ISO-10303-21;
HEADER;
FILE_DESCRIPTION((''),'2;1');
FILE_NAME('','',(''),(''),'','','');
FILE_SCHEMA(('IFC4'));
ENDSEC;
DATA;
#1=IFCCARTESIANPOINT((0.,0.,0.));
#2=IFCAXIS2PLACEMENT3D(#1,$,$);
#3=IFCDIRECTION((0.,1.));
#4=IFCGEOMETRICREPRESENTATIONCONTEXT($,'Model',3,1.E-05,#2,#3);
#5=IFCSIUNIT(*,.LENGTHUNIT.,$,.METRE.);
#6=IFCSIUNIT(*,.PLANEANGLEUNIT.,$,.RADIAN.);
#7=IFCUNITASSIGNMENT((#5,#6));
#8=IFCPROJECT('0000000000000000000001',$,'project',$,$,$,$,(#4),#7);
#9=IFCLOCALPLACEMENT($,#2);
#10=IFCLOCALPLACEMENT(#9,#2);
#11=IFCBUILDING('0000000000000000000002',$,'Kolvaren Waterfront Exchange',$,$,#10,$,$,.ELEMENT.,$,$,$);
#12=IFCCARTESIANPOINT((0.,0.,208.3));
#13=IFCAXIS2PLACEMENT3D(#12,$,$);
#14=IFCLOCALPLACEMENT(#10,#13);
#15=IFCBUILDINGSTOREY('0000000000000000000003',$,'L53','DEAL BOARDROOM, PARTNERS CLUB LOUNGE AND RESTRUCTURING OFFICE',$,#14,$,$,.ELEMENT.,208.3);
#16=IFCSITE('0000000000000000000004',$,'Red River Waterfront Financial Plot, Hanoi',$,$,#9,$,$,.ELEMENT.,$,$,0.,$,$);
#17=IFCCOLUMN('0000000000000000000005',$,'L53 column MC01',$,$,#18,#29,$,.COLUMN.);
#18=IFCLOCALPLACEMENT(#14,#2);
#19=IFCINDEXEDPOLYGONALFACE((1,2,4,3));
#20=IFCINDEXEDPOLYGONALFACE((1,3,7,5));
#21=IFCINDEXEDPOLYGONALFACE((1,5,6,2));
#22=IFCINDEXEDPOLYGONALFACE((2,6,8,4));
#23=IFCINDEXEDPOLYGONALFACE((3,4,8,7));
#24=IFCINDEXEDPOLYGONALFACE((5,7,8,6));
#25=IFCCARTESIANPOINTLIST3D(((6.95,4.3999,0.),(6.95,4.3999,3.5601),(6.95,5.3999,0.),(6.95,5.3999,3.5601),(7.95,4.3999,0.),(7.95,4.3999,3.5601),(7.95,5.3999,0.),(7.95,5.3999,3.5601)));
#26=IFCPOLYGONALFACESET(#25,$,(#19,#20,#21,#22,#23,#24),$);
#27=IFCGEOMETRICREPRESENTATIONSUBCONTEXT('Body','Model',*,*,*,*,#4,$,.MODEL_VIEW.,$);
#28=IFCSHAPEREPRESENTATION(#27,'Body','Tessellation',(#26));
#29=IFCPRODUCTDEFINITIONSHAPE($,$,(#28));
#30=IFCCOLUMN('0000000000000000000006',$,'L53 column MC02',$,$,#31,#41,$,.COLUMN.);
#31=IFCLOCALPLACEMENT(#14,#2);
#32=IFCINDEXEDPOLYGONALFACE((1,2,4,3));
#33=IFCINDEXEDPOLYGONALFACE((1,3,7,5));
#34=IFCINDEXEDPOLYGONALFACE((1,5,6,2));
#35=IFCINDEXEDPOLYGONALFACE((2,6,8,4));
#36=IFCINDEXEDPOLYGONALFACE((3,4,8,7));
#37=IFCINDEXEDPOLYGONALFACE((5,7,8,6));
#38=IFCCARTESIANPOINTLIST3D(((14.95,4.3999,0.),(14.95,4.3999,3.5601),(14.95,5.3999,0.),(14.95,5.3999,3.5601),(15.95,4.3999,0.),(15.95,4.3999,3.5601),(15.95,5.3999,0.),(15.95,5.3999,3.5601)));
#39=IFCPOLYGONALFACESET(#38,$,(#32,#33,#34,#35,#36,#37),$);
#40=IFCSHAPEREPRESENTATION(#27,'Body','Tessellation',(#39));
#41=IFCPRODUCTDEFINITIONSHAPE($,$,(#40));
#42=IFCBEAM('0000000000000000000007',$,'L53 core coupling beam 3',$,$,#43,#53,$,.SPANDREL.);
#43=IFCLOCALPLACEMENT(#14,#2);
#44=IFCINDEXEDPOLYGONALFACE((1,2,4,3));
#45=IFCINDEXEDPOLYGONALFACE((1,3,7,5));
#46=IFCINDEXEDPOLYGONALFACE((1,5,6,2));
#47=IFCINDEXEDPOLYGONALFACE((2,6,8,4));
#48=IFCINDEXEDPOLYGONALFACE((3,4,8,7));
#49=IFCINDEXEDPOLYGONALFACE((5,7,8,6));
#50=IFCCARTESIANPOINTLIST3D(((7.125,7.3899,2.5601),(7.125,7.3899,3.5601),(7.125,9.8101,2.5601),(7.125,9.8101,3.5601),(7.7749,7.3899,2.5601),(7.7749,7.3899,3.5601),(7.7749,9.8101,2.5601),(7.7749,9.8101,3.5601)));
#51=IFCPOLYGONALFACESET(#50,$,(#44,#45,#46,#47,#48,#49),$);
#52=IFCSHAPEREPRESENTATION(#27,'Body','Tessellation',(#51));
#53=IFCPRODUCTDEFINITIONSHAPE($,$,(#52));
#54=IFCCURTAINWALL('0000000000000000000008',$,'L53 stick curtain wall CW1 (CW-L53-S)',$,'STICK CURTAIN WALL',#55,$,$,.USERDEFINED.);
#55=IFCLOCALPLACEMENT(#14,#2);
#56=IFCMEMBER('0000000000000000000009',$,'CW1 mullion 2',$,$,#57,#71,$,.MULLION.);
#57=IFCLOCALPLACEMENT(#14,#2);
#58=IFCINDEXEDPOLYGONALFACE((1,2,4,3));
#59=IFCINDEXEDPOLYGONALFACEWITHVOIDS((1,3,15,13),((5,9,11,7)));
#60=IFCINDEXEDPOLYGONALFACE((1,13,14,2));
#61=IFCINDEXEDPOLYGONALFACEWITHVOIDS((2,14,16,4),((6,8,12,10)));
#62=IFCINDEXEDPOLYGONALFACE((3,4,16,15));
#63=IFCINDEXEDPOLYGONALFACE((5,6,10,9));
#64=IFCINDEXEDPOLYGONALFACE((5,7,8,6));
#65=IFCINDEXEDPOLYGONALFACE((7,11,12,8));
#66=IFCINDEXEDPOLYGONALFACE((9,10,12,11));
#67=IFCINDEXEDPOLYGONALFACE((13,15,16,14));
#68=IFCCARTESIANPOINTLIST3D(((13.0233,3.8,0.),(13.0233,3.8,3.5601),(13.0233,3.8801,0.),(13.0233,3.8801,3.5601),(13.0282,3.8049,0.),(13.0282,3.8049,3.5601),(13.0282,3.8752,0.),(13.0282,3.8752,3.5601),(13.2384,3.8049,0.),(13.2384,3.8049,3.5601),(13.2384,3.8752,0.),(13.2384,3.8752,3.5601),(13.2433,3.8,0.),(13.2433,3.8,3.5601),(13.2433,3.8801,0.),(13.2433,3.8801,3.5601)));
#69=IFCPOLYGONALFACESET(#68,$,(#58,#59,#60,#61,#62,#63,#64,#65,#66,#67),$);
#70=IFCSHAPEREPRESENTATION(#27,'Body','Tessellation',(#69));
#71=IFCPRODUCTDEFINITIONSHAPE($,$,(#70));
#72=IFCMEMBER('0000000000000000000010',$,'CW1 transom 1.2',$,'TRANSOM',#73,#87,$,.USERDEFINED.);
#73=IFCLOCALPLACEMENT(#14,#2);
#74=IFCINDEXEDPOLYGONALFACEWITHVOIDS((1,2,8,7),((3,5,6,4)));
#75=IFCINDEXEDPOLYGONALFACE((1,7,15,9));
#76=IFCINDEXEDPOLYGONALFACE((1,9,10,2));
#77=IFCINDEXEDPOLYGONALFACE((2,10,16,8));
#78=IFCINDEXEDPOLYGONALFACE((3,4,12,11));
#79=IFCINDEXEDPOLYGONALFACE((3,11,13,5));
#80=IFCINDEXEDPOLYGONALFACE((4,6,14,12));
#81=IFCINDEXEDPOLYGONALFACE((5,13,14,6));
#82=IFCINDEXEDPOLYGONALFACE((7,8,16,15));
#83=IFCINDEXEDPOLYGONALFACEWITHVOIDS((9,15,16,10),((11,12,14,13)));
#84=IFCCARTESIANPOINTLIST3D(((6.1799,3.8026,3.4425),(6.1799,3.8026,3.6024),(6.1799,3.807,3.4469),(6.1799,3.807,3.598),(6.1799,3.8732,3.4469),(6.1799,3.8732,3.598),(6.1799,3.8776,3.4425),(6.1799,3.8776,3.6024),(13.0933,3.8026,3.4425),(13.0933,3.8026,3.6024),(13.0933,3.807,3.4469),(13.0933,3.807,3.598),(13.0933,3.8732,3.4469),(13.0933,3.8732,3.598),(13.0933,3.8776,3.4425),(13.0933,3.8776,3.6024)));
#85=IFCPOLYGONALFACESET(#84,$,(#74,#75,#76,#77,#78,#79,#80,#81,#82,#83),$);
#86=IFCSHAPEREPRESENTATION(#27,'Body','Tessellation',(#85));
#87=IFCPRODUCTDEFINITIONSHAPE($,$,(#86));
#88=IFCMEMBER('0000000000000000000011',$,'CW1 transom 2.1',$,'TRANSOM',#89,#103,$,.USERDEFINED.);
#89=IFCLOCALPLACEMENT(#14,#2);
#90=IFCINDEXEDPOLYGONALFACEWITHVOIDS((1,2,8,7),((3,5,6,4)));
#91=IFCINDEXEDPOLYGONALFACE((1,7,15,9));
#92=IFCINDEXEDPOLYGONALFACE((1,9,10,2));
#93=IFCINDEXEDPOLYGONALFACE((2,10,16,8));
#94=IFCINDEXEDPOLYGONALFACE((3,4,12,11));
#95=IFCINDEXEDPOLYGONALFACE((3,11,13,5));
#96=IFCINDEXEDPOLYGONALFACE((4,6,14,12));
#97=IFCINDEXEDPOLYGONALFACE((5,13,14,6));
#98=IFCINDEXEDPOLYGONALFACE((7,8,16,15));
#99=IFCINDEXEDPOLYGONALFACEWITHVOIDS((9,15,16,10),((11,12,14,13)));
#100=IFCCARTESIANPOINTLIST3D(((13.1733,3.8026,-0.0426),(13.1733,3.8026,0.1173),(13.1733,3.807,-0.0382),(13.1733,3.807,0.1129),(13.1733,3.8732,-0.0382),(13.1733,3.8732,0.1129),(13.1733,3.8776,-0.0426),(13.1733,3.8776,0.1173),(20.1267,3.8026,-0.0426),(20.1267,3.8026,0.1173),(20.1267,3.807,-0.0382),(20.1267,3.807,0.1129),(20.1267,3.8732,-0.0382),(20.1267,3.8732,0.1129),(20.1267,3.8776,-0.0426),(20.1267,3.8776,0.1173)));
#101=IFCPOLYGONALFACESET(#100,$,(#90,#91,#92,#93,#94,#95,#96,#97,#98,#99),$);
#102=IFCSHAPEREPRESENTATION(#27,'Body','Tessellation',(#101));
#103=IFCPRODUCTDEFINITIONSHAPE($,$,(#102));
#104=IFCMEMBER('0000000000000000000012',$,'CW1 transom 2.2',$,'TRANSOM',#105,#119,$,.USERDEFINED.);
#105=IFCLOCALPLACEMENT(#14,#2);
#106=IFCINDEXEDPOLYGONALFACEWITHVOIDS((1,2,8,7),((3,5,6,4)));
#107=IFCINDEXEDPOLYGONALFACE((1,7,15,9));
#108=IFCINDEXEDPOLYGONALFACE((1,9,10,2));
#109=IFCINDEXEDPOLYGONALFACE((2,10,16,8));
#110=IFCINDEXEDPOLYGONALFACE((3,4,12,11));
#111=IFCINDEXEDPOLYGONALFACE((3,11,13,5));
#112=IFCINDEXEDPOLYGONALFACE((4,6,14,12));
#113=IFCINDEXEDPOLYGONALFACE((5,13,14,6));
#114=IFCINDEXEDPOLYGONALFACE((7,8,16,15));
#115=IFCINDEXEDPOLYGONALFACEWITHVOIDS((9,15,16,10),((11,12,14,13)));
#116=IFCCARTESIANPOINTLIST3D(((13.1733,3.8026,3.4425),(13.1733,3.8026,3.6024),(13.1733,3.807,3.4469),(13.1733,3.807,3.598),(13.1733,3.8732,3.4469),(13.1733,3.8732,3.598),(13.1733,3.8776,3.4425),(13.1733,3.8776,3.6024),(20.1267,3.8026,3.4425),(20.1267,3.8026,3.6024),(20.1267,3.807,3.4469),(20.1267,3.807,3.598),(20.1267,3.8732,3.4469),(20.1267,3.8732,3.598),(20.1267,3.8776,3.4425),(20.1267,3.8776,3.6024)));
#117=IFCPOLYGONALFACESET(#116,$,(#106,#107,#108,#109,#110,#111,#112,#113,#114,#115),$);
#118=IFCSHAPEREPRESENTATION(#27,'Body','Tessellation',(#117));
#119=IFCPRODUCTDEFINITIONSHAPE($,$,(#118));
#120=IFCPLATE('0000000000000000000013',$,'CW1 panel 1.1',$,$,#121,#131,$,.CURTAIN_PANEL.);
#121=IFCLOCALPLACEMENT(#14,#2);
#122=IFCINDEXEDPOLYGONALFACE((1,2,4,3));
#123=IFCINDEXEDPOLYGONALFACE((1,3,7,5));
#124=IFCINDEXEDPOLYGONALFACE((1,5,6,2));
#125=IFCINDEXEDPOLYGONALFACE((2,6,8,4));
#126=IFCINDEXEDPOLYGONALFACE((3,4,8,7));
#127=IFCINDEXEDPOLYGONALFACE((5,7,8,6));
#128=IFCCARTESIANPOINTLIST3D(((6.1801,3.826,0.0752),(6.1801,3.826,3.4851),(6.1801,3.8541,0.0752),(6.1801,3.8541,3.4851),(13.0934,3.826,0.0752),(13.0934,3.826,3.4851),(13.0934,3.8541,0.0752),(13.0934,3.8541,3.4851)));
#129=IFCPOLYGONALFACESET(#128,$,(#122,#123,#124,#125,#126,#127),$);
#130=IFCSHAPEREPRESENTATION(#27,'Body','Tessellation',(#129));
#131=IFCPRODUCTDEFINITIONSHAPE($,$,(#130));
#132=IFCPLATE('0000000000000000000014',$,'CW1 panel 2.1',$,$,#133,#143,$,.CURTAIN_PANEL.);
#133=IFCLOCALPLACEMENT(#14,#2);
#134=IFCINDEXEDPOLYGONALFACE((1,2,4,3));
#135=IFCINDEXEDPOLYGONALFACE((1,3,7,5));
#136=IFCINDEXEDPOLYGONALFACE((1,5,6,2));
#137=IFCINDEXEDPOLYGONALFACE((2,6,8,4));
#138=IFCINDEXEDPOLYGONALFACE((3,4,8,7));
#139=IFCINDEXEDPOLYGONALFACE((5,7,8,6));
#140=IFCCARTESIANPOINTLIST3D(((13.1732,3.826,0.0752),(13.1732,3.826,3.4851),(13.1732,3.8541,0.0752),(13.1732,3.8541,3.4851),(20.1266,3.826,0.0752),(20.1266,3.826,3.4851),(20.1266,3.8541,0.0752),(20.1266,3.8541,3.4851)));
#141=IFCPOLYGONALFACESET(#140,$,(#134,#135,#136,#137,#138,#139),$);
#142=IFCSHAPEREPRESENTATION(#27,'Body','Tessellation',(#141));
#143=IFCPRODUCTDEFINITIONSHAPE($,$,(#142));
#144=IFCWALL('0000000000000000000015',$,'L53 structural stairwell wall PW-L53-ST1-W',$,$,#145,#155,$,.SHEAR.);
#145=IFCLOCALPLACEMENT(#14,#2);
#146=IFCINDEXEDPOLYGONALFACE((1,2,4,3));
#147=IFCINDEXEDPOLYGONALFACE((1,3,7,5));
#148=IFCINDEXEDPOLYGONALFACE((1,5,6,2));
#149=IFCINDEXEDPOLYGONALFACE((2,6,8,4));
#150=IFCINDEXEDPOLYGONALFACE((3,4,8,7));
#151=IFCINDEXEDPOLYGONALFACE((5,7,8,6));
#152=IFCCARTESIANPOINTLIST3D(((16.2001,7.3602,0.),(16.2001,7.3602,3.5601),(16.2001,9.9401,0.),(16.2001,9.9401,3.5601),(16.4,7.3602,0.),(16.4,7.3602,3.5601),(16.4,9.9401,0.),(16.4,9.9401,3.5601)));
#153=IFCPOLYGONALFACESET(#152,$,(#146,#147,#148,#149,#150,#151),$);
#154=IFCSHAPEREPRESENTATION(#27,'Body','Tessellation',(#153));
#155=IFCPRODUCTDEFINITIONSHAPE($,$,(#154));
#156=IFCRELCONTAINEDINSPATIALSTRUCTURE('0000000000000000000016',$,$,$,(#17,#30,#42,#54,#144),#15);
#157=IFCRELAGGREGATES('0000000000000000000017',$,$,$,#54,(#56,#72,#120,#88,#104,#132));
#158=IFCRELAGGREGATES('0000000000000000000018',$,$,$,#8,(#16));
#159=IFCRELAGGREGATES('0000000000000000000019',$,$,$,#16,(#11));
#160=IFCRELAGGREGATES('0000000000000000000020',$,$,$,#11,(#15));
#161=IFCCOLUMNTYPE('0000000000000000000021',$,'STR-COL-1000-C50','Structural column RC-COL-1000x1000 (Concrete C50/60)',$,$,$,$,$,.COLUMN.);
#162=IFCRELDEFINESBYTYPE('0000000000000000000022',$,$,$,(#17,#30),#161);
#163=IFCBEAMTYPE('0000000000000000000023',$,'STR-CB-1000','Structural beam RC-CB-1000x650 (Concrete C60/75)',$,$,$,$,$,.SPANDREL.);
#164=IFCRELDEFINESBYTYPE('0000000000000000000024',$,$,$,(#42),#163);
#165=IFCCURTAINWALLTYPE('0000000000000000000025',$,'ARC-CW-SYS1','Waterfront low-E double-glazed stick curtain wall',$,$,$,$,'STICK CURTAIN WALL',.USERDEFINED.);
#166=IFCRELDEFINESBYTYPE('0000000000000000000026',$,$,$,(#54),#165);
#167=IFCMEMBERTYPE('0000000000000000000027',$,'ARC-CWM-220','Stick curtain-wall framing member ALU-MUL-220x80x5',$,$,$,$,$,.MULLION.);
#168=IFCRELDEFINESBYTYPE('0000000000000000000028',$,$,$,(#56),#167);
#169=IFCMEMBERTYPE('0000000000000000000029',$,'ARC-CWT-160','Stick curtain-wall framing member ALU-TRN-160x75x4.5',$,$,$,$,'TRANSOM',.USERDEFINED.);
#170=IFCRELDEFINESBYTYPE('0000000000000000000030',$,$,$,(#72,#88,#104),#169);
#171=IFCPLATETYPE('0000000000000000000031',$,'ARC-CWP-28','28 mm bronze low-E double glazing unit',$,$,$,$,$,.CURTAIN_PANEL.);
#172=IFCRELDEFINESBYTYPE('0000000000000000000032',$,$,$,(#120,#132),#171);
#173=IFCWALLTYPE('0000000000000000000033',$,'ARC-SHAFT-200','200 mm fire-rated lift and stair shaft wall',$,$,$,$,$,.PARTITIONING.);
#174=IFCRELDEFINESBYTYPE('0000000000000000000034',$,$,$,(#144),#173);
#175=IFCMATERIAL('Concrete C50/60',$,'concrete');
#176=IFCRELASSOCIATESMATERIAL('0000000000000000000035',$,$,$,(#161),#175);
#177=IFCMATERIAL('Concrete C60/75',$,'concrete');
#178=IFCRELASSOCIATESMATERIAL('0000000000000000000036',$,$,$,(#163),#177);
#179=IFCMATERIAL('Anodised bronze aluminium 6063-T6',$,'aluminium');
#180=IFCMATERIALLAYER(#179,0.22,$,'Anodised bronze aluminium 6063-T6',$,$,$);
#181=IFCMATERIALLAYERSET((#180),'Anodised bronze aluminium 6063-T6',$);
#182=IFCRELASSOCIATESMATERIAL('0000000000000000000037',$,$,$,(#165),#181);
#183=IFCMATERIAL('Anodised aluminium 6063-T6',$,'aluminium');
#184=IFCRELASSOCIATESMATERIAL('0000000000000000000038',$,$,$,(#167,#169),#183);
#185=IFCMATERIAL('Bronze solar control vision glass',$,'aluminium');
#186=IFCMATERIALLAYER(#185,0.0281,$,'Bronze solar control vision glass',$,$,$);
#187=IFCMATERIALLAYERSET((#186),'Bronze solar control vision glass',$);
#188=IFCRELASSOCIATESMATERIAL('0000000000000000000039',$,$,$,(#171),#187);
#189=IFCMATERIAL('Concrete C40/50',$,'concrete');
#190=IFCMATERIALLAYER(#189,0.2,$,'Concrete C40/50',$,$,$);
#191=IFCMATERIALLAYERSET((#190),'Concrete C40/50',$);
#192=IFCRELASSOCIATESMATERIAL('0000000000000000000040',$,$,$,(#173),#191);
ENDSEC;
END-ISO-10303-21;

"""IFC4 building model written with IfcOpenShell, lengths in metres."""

from ifc_helpers import new_model, si_unit, direction, frame, frame_2d, origin, origin_with_axes, origin_2d, place, context, subcontext, project, spatial, rectangle, hollow_rectangle, extrude, source, transform, mapped, material, layer, layer_set, material_profile, profile_set, type_object, element, aggregate, save


model = new_model("IFC4")

# Units and contexts
model_context = context("Model", 3, precision=1e-05, world=origin(), true_north=direction((0.0, 1.0)))
body_context = subcontext(model_context, "Body", "Model", "MODEL_VIEW")
ifc_project = project(units=[si_unit("LENGTHUNIT", "METRE"), si_unit("PLANEANGLEUNIT", "RADIAN")], contexts=[model_context])

# Site, building, storey
site_placement = place(None, origin())
site = spatial("IfcSite", under=ifc_project, at=site_placement, Name="Red River Waterfront Financial Plot, Hanoi", CompositionType="ELEMENT", RefElevation=0.0)
building_placement = place(site_placement, origin())
building = spatial("IfcBuilding", under=site, at=building_placement, Name="Kolvaren Waterfront Exchange", CompositionType="ELEMENT")
storey_placement = place(building_placement, frame((0.0, 0.0, 208.3)))
storey = spatial("IfcBuildingStorey", under=building, at=storey_placement, Name="L53", Description="DEAL BOARDROOM, PARTNERS CLUB LOUNGE AND RESTRUCTURING OFFICE", CompositionType="ELEMENT", Elevation=208.3)

# Columns
ifc_material_1 = material(Name="Concrete C50/60", Category="concrete")
ifc_material_profile_1 = material_profile(ifc_material_1, rectangle(XDim=1.0, YDim=1.0, at=origin_2d()), Name="RC-COL-1000x1000")
ifc_profile_set_1 = profile_set([ifc_material_profile_1], Name="Concrete C50/60")
column_type = type_object("IfcColumnType", Name="STR-COL-1000-C50", Description="Structural column RC-COL-1000x1000 (Concrete C50/60)", PredefinedType="COLUMN", material=ifc_profile_set_1)
for number, where, z_axis, x_axis, name in (
    (1, (7.45, 4.8999, 0.0), (0.0, 0.0, 1.0), (1.0, 0.0, 0.0), "L53 column MC01"),
    (2, (15.45, 4.8999, 0.0), (0.0, 0.0, 1.0), (1.0, 0.0, 0.0), "L53 column MC02"),
):
    element("IfcColumn", number, at=place(storey_placement, frame(where, z_axis=z_axis, x_axis=x_axis)), inside=storey, type_object=column_type, Name=name, PredefinedType="COLUMN", context=body_context, shape_type="SweptSolid", body=[
        extrude(rectangle(XDim=1.0, YDim=1.0, at=origin_2d()), origin(), (0.0, 0.0, 1.0), 3.5601),
    ])

# Beam
ifc_material_2 = material(Name="Concrete C60/75", Category="concrete")
ifc_material_profile_2 = material_profile(ifc_material_2, rectangle(XDim=0.6499, YDim=1.0, at=origin_2d()), Name="RC-CB-1000x650")
ifc_profile_set_2 = profile_set([ifc_material_profile_2], Name="Concrete C60/75")
beam_type = type_object("IfcBeamType", Name="STR-CB-1000", Description="Structural beam RC-CB-1000x650 (Concrete C60/75)", PredefinedType="SPANDREL", material=ifc_profile_set_2)
beam_placement = place(storey_placement, frame((7.45, 7.3899, 3.0601), z_axis=(0.0, 1.0, 0.0), x_axis=(-1.0, 0.0, 0.0)))
element("IfcBeam", 3, at=beam_placement, inside=storey, type_object=beam_type, Name="L53 core coupling beam 3", PredefinedType="SPANDREL", context=body_context, shape_type="SweptSolid", body=[
    extrude(rectangle(XDim=0.6499, YDim=1.0, at=origin_2d()), origin(), (0.0, 0.0, 1.0), 2.4202),
])

# Curtain wall, members, plates
ifc_material_3 = material(Name="Anodised bronze aluminium 6063-T6", Category="aluminium")
ifc_layer_1 = layer(ifc_material_3, 0.22, Name="Anodised bronze aluminium 6063-T6")
ifc_layer_set_1 = layer_set([ifc_layer_1], Name="Anodised bronze aluminium 6063-T6")
curtain_wall_type = type_object("IfcCurtainWallType", Name="ARC-CW-SYS1", Description="Waterfront low-E double-glazed stick curtain wall", ElementType="STICK CURTAIN WALL", PredefinedType="USERDEFINED", material=ifc_layer_set_1)
curtain_wall_placement = place(storey_placement, origin())
curtain_wall = element("IfcCurtainWall", 4, at=curtain_wall_placement, inside=storey, type_object=curtain_wall_type, Name="L53 stick curtain wall CW1 (CW-L53-S)", ObjectType="STICK CURTAIN WALL", PredefinedType="USERDEFINED")
ifc_material_4 = material(Name="Anodised aluminium 6063-T6", Category="aluminium")
ifc_material_profile_3 = material_profile(ifc_material_4, hollow_rectangle(XDim=0.0801, YDim=0.22, WallThickness=0.0049, at=origin_2d()), Name="ALU-MUL-220x80x5")
ifc_profile_set_3 = profile_set([ifc_material_profile_3], Name="Anodised aluminium 6063-T6")
member_type_1 = type_object("IfcMemberType", Name="ARC-CWM-220", Description="Stick curtain-wall framing member ALU-MUL-220x80x5", PredefinedType="MULLION", material=ifc_profile_set_3)
shared_shape_1 = source(origin_with_axes(), body_context, "Body", "SweptSolid", [
    extrude(hollow_rectangle(XDim=0.0801, YDim=0.22, WallThickness=0.0049, at=origin_2d()), origin(), (0.0, 0.0, 1.0), 3.5601),
])
member_1_placement = place(storey_placement, frame((13.1333, 3.8401, 0.0), z_axis=(0.0, 0.0, 1.0), x_axis=(0.0, 1.0, 0.0)))
member_1 = element("IfcMember", 5, at=member_1_placement, type_object=member_type_1, Name="CW1 mullion 2", PredefinedType="MULLION", context=body_context, shape_type="MappedRepresentation", body=[
    mapped(shared_shape_1, transform((0.0, 0.0, 0.0), x_axis=(1.0, 0.0, 0.0), y_axis=(0.0, 1.0, 0.0), z_axis=(0.0, 0.0, 1.0), scale=1.0)),
])
ifc_material_profile_4 = material_profile(ifc_material_4, hollow_rectangle(XDim=0.075, YDim=0.1599, WallThickness=0.0044, at=origin_2d()), Name="ALU-TRN-160x75x4.5")
ifc_profile_set_4 = profile_set([ifc_material_profile_4], Name="Anodised aluminium 6063-T6")
member_type_2 = type_object("IfcMemberType", Name="ARC-CWT-160", Description="Stick curtain-wall framing member ALU-TRN-160x75x4.5", ElementType="TRANSOM", PredefinedType="USERDEFINED", material=ifc_profile_set_4)
shared_shape_2 = source(origin_with_axes(), body_context, "Body", "SweptSolid", [
    extrude(hollow_rectangle(XDim=0.075, YDim=0.1599, WallThickness=0.0044, at=origin_2d()), origin(), (0.0, 0.0, 1.0), 6.9133),
])
member_2_placement = place(storey_placement, frame((6.1799, 3.8401, 3.5225), z_axis=(1.0, 0.0, 0.0), x_axis=(0.0, 1.0, 0.0)))
member_2 = element("IfcMember", 6, at=member_2_placement, type_object=member_type_2, Name="CW1 transom 1.2", ObjectType="TRANSOM", PredefinedType="USERDEFINED", context=body_context, shape_type="MappedRepresentation", body=[
    mapped(shared_shape_2, transform((0.0, 0.0, 0.0), x_axis=(1.0, 0.0, 0.0), y_axis=(0.0, 1.0, 0.0), z_axis=(0.0, 0.0, 1.0), scale=1.0)),
])
shared_shape_3 = source(origin_with_axes(), body_context, "Body", "SweptSolid", [
    extrude(hollow_rectangle(XDim=0.075, YDim=0.1599, WallThickness=0.0044, at=origin_2d()), origin(), (0.0, 0.0, 1.0), 6.9534),
])
member_3_placement = place(storey_placement, frame((13.1733, 3.8401, 0.0374), z_axis=(1.0, 0.0, 0.0), x_axis=(0.0, 1.0, 0.0)))
member_3 = element("IfcMember", 7, at=member_3_placement, type_object=member_type_2, Name="CW1 transom 2.1", ObjectType="TRANSOM", PredefinedType="USERDEFINED", context=body_context, shape_type="MappedRepresentation", body=[
    mapped(shared_shape_3, transform((0.0, 0.0, 0.0), x_axis=(1.0, 0.0, 0.0), y_axis=(0.0, 1.0, 0.0), z_axis=(0.0, 0.0, 1.0), scale=1.0)),
])
member_4_placement = place(storey_placement, frame((13.1733, 3.8401, 3.5225), z_axis=(1.0, 0.0, 0.0), x_axis=(0.0, 1.0, 0.0)))
member_4 = element("IfcMember", 8, at=member_4_placement, type_object=member_type_2, Name="CW1 transom 2.2", ObjectType="TRANSOM", PredefinedType="USERDEFINED", context=body_context, shape_type="MappedRepresentation", body=[
    mapped(shared_shape_3, transform((0.0, 0.0, 0.0), x_axis=(1.0, 0.0, 0.0), y_axis=(0.0, 1.0, 0.0), z_axis=(0.0, 0.0, 1.0), scale=1.0)),
])
ifc_material_5 = material(Name="Bronze solar control vision glass", Category="aluminium")
ifc_layer_2 = layer(ifc_material_5, 0.0281, Name="Bronze solar control vision glass")
ifc_layer_set_2 = layer_set([ifc_layer_2], Name="Bronze solar control vision glass")
plate_type = type_object("IfcPlateType", Name="ARC-CWP-28", Description="28 mm bronze low-E double glazing unit", PredefinedType="CURTAIN_PANEL", material=ifc_layer_set_2)
shared_shape_4 = source(origin_with_axes(), body_context, "Body", "SweptSolid", [
    extrude(rectangle(XDim=6.9133, YDim=0.0281, at=origin_2d()), origin(), (0.0, 0.0, 1.0), 3.4099),
])
plate_1_placement = place(storey_placement, frame((9.6367, 3.8401, 0.0752), z_axis=(0.0, 0.0, 1.0), x_axis=(1.0, 0.0, 0.0)))
plate_1 = element("IfcPlate", 9, at=plate_1_placement, type_object=plate_type, Name="CW1 panel 1.1", PredefinedType="CURTAIN_PANEL", context=body_context, shape_type="MappedRepresentation", body=[
    mapped(shared_shape_4, transform((0.0, 0.0, 0.0), x_axis=(1.0, 0.0, 0.0), y_axis=(0.0, 1.0, 0.0), z_axis=(0.0, 0.0, 1.0), scale=1.0)),
])
shared_shape_5 = source(origin_with_axes(), body_context, "Body", "SweptSolid", [
    extrude(rectangle(XDim=6.9534, YDim=0.0281, at=origin_2d()), origin(), (0.0, 0.0, 1.0), 3.4099),
])
plate_2_placement = place(storey_placement, frame((16.6499, 3.8401, 0.0752), z_axis=(0.0, 0.0, 1.0), x_axis=(1.0, 0.0, 0.0)))
plate_2 = element("IfcPlate", 10, at=plate_2_placement, type_object=plate_type, Name="CW1 panel 2.1", PredefinedType="CURTAIN_PANEL", context=body_context, shape_type="MappedRepresentation", body=[
    mapped(shared_shape_5, transform((0.0, 0.0, 0.0), x_axis=(1.0, 0.0, 0.0), y_axis=(0.0, 1.0, 0.0), z_axis=(0.0, 0.0, 1.0), scale=1.0)),
])
aggregate(curtain_wall, [member_1, member_2, plate_1, member_3, member_4, plate_2])

# Wall
ifc_material_6 = material(Name="Concrete C40/50", Category="concrete")
ifc_layer_3 = layer(ifc_material_6, 0.2, Name="Concrete C40/50")
ifc_layer_set_3 = layer_set([ifc_layer_3], Name="Concrete C40/50")
wall_type_1 = type_object("IfcWallType", Name="ARC-SHAFT-200", Description="200 mm fire-rated lift and stair shaft wall", PredefinedType="PARTITIONING", material=ifc_layer_set_3)
wall_1_placement = place(storey_placement, frame((16.3, 7.3601, 0.0), z_axis=(0.0, 0.0, 1.0), x_axis=(0.0, 1.0, 0.0)))
element("IfcWall", 11, at=wall_1_placement, inside=storey, type_object=wall_type_1, Name="L53 structural stairwell wall PW-L53-ST1-W", PredefinedType="SHEAR", context=body_context, shape_type="SweptSolid", body=[
    extrude(rectangle(XDim=2.5798, YDim=0.2, at=frame_2d((1.29, 0.0))), origin(), (0.0, 0.0, 1.0), 3.5601),
])

save(model, "model.ifc")
